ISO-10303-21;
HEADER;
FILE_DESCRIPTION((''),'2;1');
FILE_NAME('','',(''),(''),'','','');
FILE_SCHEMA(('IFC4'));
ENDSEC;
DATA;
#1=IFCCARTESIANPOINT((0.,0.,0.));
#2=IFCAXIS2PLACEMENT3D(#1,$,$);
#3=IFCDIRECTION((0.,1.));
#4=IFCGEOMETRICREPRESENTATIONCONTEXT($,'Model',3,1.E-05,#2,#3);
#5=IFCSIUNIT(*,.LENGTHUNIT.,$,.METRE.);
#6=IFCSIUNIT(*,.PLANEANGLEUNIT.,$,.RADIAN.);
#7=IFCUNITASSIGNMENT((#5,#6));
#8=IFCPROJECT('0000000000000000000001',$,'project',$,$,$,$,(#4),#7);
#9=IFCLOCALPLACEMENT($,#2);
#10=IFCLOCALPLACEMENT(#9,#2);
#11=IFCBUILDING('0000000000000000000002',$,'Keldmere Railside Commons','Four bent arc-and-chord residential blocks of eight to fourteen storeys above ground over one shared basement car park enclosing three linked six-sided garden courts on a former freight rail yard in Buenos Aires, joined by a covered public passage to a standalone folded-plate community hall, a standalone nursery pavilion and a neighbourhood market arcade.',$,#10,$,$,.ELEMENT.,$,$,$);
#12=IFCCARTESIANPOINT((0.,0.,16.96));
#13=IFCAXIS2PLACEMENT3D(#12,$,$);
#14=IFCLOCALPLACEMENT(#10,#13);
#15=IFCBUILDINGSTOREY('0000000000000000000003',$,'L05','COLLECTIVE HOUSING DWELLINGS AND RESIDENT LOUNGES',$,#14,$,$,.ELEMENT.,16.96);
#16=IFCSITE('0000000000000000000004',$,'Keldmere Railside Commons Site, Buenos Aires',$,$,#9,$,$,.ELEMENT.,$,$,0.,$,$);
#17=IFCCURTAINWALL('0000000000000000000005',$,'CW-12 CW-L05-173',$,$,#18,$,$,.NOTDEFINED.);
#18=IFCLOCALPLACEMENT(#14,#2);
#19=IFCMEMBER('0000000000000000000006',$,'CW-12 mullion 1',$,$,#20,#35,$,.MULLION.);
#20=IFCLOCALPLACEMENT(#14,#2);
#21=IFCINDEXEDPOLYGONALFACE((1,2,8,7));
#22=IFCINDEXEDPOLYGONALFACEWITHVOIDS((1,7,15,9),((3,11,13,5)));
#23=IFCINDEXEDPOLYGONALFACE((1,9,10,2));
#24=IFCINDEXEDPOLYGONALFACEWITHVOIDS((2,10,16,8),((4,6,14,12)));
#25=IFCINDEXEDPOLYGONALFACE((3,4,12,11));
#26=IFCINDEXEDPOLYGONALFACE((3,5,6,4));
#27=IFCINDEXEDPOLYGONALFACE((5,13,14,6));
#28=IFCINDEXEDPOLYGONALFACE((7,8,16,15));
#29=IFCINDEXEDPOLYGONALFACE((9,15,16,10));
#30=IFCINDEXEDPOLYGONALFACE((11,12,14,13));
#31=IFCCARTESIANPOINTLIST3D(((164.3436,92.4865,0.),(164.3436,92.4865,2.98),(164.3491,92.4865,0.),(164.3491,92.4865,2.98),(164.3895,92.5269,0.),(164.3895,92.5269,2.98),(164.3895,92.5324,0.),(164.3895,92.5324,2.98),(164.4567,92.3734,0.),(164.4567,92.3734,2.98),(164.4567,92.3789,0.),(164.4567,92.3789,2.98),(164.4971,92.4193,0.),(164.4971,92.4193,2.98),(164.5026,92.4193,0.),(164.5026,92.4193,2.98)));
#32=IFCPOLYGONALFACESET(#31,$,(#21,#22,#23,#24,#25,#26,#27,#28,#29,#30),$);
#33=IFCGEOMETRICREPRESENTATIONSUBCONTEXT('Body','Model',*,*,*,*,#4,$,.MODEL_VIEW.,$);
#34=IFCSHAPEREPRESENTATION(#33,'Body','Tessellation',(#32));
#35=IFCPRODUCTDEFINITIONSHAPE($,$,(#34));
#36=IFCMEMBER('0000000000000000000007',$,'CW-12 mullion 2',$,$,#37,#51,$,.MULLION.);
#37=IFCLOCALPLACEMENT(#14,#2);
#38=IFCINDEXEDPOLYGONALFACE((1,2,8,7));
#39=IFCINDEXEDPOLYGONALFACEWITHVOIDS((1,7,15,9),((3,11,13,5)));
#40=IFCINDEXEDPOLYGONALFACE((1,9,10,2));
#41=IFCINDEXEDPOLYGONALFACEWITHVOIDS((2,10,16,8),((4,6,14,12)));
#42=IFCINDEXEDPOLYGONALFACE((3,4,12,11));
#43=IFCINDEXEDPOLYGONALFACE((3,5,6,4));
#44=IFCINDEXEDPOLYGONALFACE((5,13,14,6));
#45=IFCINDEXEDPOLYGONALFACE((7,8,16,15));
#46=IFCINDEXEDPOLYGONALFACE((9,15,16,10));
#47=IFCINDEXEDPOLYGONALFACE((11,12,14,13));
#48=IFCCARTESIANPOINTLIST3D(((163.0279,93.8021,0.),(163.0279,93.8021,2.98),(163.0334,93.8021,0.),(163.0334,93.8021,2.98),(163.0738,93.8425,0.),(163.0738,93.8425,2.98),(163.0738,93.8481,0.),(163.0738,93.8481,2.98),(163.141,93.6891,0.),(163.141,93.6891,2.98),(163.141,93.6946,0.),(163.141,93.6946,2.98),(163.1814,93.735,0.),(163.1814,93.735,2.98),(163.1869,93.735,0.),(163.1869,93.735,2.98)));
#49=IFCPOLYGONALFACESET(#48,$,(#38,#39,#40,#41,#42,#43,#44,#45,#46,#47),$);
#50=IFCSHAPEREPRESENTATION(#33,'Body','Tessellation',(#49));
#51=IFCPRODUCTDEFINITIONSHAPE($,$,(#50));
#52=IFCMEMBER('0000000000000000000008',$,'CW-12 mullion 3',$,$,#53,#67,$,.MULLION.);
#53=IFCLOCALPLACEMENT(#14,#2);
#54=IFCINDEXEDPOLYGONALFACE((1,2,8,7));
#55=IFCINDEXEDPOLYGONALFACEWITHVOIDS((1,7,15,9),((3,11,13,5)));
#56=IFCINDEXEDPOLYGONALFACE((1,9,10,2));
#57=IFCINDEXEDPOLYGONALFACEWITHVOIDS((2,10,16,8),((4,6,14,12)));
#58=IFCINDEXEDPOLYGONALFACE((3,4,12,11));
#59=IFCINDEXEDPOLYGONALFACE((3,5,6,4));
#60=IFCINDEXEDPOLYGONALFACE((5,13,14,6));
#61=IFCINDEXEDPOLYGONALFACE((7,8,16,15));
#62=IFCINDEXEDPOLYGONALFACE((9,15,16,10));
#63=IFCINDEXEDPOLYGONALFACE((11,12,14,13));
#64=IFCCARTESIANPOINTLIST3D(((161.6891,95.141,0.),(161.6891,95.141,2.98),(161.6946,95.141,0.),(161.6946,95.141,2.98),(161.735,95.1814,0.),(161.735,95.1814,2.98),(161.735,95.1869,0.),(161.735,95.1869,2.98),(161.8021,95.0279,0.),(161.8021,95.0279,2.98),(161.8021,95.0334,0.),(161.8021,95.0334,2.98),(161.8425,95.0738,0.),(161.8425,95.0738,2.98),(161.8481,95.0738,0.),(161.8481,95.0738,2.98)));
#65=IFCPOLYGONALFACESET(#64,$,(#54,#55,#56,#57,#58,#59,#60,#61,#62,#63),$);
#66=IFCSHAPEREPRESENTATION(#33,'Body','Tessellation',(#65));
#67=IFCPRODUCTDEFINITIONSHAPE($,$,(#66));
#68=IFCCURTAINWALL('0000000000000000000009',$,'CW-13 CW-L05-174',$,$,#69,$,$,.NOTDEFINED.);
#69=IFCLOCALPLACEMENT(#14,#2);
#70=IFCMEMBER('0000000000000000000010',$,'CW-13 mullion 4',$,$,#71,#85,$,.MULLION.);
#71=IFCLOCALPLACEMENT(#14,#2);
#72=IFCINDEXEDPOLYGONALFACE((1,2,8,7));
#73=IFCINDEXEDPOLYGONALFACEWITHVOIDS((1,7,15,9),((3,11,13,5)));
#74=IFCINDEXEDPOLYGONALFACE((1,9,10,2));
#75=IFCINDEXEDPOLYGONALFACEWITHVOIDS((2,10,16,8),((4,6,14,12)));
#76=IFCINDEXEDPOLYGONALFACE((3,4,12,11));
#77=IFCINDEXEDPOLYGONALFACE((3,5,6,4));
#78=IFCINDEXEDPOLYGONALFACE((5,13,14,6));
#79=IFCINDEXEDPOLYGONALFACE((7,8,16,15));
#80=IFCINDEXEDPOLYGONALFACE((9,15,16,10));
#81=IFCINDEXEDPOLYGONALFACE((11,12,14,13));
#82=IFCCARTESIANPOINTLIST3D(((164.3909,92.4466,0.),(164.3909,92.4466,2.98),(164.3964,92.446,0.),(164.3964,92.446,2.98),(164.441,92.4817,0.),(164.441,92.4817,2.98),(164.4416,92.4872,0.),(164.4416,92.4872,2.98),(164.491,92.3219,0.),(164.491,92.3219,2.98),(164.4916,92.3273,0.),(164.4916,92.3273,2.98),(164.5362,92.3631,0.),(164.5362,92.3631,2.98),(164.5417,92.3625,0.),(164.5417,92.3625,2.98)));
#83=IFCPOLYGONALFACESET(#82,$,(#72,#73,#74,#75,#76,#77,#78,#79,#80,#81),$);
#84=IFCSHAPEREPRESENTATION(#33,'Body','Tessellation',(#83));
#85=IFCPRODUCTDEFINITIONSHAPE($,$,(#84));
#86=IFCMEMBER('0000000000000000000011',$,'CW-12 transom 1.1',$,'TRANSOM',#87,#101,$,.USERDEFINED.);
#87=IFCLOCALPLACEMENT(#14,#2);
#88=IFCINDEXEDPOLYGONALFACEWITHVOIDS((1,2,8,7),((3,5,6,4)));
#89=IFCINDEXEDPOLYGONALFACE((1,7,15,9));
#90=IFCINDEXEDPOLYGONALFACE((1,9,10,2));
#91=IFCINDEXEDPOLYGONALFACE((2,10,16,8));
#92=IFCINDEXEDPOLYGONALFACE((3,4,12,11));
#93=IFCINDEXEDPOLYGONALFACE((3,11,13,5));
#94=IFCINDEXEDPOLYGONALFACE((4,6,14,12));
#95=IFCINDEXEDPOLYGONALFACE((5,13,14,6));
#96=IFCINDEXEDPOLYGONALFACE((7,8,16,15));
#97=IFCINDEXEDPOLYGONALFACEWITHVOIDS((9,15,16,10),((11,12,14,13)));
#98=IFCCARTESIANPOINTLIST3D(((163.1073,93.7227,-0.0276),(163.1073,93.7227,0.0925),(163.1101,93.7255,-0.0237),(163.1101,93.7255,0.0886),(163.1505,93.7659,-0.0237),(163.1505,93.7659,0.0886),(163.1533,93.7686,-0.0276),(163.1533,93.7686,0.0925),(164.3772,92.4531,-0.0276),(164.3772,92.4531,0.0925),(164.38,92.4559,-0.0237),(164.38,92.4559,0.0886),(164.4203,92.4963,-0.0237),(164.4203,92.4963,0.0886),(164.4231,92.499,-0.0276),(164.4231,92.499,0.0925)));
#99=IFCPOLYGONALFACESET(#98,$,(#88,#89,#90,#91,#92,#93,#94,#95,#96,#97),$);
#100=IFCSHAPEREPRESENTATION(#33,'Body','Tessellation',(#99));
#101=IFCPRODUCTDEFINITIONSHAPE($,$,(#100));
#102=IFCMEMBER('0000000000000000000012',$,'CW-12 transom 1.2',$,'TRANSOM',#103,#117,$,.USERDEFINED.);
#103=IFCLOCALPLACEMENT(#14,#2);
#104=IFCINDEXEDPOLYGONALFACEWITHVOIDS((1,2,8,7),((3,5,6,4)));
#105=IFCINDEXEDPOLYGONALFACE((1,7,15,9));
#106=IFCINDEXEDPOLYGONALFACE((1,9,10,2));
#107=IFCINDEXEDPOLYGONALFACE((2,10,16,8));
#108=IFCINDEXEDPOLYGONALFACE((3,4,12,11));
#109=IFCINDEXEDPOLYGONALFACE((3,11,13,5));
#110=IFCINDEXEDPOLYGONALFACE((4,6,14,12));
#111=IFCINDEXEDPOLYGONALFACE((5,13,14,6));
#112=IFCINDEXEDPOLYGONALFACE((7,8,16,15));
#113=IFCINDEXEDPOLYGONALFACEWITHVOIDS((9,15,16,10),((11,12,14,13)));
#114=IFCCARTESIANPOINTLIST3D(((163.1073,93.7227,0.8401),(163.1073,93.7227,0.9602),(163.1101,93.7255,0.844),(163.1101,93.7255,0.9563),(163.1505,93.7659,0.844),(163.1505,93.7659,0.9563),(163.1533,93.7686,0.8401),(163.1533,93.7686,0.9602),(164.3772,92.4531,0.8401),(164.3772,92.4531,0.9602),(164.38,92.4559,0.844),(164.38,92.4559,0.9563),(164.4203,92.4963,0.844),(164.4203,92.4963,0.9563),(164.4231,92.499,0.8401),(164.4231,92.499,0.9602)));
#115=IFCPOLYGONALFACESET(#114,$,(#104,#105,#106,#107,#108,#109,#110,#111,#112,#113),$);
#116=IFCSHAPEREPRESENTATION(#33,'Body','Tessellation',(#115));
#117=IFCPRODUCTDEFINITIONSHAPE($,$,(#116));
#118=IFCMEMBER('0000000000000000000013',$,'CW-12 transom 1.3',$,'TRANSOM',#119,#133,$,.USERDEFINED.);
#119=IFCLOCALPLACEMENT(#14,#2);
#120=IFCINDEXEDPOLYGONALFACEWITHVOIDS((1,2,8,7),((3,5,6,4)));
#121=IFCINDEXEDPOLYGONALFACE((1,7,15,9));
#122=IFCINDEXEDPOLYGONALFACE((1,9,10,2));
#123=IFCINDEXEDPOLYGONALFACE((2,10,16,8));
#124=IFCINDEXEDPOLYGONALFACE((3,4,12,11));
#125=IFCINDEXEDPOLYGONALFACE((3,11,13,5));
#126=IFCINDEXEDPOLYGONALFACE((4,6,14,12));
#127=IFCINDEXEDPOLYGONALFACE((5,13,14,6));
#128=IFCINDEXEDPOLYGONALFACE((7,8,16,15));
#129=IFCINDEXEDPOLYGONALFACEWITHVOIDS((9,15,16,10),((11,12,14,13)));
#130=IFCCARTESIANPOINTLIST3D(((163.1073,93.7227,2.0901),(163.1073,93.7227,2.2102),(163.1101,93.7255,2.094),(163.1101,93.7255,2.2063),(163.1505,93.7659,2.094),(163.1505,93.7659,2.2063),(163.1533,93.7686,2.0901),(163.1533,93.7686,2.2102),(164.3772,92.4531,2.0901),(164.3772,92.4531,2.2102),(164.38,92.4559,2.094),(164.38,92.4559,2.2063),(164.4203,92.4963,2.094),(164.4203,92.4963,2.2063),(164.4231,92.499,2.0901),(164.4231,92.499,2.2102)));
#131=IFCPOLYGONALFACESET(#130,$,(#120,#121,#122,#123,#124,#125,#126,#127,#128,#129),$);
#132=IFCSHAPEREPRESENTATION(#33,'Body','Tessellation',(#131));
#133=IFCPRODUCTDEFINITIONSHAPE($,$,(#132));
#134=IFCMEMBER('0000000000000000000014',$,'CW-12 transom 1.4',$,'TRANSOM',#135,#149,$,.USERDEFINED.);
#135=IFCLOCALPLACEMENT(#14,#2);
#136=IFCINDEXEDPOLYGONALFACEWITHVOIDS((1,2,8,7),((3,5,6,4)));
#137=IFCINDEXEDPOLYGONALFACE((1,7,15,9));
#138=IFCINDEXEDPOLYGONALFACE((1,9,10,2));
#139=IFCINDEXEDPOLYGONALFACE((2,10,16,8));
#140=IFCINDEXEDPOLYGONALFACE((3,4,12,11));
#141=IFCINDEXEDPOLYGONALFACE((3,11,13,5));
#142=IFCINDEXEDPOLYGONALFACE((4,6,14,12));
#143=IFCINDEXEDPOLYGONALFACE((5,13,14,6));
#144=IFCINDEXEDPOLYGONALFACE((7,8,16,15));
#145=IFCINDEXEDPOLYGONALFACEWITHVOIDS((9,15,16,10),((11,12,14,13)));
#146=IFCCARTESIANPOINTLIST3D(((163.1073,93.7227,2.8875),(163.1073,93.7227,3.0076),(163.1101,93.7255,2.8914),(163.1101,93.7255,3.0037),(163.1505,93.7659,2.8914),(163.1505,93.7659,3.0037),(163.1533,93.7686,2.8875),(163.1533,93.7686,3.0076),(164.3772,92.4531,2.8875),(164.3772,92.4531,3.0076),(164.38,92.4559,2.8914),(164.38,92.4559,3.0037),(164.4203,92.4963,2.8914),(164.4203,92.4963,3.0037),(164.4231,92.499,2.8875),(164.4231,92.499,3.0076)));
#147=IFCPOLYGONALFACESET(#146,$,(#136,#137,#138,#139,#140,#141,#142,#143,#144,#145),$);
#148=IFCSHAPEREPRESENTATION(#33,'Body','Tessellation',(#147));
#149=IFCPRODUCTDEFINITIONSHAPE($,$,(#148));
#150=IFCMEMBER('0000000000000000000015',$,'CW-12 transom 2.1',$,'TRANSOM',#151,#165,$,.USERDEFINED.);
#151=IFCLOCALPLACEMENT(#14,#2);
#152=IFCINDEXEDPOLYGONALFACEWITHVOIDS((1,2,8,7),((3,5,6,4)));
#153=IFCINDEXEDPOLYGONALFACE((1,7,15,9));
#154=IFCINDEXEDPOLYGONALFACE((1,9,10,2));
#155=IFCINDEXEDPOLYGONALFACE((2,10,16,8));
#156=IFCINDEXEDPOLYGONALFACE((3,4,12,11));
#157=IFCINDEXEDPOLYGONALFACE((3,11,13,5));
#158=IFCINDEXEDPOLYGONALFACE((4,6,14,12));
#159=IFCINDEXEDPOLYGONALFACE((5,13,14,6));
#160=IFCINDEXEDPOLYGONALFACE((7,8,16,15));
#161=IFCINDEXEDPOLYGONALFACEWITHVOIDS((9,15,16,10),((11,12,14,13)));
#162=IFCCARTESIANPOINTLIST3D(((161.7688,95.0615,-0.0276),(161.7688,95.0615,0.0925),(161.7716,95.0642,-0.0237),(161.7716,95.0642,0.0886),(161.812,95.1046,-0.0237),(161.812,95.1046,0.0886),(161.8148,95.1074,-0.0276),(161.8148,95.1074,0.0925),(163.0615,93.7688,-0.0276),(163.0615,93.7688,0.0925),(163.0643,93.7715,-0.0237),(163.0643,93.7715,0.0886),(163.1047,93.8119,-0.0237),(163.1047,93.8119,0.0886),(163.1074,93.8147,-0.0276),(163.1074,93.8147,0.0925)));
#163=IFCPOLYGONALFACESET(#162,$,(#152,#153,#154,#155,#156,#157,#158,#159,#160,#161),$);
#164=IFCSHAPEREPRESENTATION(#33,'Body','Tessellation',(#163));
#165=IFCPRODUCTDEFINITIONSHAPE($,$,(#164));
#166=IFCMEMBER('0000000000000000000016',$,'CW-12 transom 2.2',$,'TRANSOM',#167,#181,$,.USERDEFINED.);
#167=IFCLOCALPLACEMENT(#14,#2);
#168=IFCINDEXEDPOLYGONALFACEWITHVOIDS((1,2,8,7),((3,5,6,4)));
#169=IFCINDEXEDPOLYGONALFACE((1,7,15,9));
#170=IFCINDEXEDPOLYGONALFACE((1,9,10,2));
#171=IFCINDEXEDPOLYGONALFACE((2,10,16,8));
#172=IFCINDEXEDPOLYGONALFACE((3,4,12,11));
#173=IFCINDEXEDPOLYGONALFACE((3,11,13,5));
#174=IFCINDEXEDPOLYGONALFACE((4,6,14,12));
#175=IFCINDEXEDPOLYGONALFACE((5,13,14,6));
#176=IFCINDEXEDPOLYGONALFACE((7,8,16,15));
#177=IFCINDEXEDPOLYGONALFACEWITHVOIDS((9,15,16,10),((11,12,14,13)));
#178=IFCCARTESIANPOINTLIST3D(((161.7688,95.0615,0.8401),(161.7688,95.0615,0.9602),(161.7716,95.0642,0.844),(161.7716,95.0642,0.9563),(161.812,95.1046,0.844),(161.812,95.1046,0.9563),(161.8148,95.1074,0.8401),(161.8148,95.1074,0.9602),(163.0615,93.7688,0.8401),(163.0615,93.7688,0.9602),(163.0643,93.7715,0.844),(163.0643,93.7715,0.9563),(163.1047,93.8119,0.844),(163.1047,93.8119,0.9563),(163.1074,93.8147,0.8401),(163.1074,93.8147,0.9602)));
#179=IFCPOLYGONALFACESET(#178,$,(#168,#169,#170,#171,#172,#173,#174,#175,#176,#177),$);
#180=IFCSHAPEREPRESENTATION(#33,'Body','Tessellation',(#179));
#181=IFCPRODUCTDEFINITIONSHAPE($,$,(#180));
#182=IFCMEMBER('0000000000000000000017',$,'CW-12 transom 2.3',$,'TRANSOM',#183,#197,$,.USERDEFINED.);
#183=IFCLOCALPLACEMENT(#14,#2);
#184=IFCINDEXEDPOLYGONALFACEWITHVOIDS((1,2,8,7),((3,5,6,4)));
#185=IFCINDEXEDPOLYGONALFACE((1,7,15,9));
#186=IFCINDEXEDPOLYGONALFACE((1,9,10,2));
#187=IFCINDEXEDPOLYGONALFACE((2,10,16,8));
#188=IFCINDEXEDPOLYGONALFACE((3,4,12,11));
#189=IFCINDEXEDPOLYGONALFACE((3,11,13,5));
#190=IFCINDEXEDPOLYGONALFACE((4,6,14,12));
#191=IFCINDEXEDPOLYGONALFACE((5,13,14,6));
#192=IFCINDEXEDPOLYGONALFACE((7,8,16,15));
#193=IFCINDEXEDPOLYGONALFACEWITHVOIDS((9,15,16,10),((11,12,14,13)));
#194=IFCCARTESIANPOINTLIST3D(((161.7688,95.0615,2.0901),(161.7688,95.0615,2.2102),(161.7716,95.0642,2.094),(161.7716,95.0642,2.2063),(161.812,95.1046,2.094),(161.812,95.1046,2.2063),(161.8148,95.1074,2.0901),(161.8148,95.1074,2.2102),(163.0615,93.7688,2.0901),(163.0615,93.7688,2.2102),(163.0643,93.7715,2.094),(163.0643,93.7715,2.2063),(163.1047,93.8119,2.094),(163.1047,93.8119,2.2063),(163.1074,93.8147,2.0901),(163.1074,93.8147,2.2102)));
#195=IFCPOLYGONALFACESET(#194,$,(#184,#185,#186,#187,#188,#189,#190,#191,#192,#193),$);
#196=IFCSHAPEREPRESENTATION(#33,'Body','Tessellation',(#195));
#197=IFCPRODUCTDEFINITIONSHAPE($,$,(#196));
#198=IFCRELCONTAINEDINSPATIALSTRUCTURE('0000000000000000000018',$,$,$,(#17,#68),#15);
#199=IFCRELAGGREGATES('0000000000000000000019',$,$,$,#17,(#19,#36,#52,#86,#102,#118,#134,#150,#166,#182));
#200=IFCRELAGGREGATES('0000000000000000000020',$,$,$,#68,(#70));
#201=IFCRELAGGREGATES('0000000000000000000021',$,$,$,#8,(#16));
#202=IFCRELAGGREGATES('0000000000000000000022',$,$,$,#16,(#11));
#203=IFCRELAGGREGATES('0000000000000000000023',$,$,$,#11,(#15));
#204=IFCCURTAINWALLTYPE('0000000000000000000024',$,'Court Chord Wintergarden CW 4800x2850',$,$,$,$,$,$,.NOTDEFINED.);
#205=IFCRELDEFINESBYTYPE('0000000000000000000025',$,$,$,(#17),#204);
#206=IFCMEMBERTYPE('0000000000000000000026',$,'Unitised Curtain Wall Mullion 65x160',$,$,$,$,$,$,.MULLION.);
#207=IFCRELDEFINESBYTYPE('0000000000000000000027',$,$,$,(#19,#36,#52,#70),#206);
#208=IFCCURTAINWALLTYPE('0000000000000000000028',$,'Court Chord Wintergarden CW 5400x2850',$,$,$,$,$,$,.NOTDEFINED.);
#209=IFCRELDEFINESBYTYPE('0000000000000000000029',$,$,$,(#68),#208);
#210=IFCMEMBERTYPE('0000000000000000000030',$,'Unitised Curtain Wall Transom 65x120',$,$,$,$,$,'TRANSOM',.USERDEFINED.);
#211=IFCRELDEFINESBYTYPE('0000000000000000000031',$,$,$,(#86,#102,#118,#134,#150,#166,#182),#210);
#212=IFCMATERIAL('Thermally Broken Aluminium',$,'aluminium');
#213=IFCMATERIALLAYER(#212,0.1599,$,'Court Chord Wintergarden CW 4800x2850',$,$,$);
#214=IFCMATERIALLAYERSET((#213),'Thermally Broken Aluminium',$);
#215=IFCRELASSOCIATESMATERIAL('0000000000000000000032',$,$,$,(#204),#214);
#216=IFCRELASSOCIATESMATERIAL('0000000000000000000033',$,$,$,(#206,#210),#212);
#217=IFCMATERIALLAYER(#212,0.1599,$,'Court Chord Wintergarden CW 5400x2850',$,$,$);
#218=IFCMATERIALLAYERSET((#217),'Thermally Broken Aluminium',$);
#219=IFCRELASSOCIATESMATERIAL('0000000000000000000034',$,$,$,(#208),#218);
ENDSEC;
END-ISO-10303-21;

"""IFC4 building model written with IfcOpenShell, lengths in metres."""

from ifc_helpers import new_model, si_unit, direction, frame, origin, origin_2d, place, context, subcontext, project, spatial, hollow_rectangle, extrude, material, layer, layer_set, material_profile, profile_set, type_object, element, aggregate, save


model = new_model("IFC4")

# Units and contexts
model_context = context("Model", 3, precision=1e-05, world=origin(), true_north=direction((0.0, 1.0)))
body_context = subcontext(model_context, "Body", "Model", "MODEL_VIEW")
ifc_project = project(units=[si_unit("LENGTHUNIT", "METRE"), si_unit("PLANEANGLEUNIT", "RADIAN")], contexts=[model_context])

# Site, building, storey
site_placement = place(None, origin())
site = spatial("IfcSite", under=ifc_project, at=site_placement, Name="Keldmere Railside Commons Site, Buenos Aires", CompositionType="ELEMENT", RefElevation=0.0)
building_placement = place(site_placement, origin())
building = spatial("IfcBuilding", under=site, at=building_placement, Name="Keldmere Railside Commons", Description="Four bent arc-and-chord residential blocks of eight to fourteen storeys above ground over one shared basement car park enclosing three linked six-sided garden courts on a former freight rail yard in Buenos Aires, joined by a covered public passage to a standalone folded-plate community hall, a standalone nursery pavilion and a neighbourhood market arcade.", CompositionType="ELEMENT")
storey_placement = place(building_placement, frame((0.0, 0.0, 16.96)))
storey = spatial("IfcBuildingStorey", under=building, at=storey_placement, Name="L05", Description="COLLECTIVE HOUSING DWELLINGS AND RESIDENT LOUNGES", CompositionType="ELEMENT", Elevation=16.96)

# Curtain wall, members
ifc_material_1 = material(Name="Thermally Broken Aluminium", Category="aluminium")
ifc_layer_1 = layer(ifc_material_1, 0.1599, Name="Court Chord Wintergarden CW 4800x2850")
ifc_layer_set_1 = layer_set([ifc_layer_1], Name="Thermally Broken Aluminium")
curtain_wall_type_1 = type_object("IfcCurtainWallType", Name="Court Chord Wintergarden CW 4800x2850", PredefinedType="NOTDEFINED", material=ifc_layer_set_1)
curtain_wall_1_placement = place(storey_placement, origin())
curtain_wall_1 = element("IfcCurtainWall", 1, at=curtain_wall_1_placement, inside=storey, type_object=curtain_wall_type_1, Name="CW-12 CW-L05-173", PredefinedType="NOTDEFINED")
ifc_material_profile_1 = material_profile(ifc_material_1, hollow_rectangle(XDim=0.0649, YDim=0.1599, WallThickness=0.0039, at=origin_2d()), Name="ALU-MULL-65x160")
ifc_profile_set_1 = profile_set([ifc_material_profile_1], Name="Thermally Broken Aluminium")
member_type_1 = type_object("IfcMemberType", Name="Unitised Curtain Wall Mullion 65x160", PredefinedType="MULLION", material=ifc_profile_set_1)
member_1_placement = place(storey_placement, frame((164.4231, 92.4529, 0.0), z_axis=(0.0, 0.0, 1.0), x_axis=(-0.707107, -0.707107, 0.0)))
member_1 = element("IfcMember", 2, at=member_1_placement, type_object=member_type_1, Name="CW-12 mullion 1", PredefinedType="MULLION", context=body_context, shape_type="SweptSolid", body=[
    extrude(hollow_rectangle(XDim=0.0649, YDim=0.1599, WallThickness=0.0039, at=origin_2d()), origin(), (0.0, 0.0, 1.0), 2.98),
])
member_2_placement = place(storey_placement, frame((163.1074, 93.7686, 0.0), z_axis=(0.0, 0.0, 1.0), x_axis=(-0.707107, -0.707107, 0.0)))
member_2 = element("IfcMember", 3, at=member_2_placement, type_object=member_type_1, Name="CW-12 mullion 2", PredefinedType="MULLION", context=body_context, shape_type="SweptSolid", body=[
    extrude(hollow_rectangle(XDim=0.0649, YDim=0.1599, WallThickness=0.0039, at=origin_2d()), origin(), (0.0, 0.0, 1.0), 2.98),
])
member_3_placement = place(storey_placement, frame((161.7686, 95.1074, 0.0), z_axis=(0.0, 0.0, 1.0), x_axis=(-0.707107, -0.707107, 0.0)))
member_3 = element("IfcMember", 4, at=member_3_placement, type_object=member_type_1, Name="CW-12 mullion 3", PredefinedType="MULLION", context=body_context, shape_type="SweptSolid", body=[
    extrude(hollow_rectangle(XDim=0.0649, YDim=0.1599, WallThickness=0.0039, at=origin_2d()), origin(), (0.0, 0.0, 1.0), 2.98),
])

# Curtain wall, member
ifc_layer_2 = layer(ifc_material_1, 0.1599, Name="Court Chord Wintergarden CW 5400x2850")
ifc_layer_set_2 = layer_set([ifc_layer_2], Name="Thermally Broken Aluminium")
curtain_wall_type_2 = type_object("IfcCurtainWallType", Name="Court Chord Wintergarden CW 5400x2850", PredefinedType="NOTDEFINED", material=ifc_layer_set_2)
curtain_wall_2_placement = place(storey_placement, origin())
curtain_wall_2 = element("IfcCurtainWall", 5, at=curtain_wall_2_placement, inside=storey, type_object=curtain_wall_type_2, Name="CW-13 CW-L05-174", PredefinedType="NOTDEFINED")
member_4_placement = place(storey_placement, frame((164.4663, 92.4045, 0.0), z_axis=(0.0, 0.0, 1.0), x_axis=(-0.780009, -0.625768, 0.0)))
member_4 = element("IfcMember", 6, at=member_4_placement, type_object=member_type_1, Name="CW-13 mullion 4", PredefinedType="MULLION", context=body_context, shape_type="SweptSolid", body=[
    extrude(hollow_rectangle(XDim=0.0649, YDim=0.1599, WallThickness=0.0039, at=origin_2d()), origin(), (0.0, 0.0, 1.0), 2.98),
])

# Members
ifc_material_profile_2 = material_profile(ifc_material_1, hollow_rectangle(XDim=0.0649, YDim=0.1201, WallThickness=0.0039, at=origin_2d()), Name="ALU-TRAN-65x120")
ifc_profile_set_2 = profile_set([ifc_material_profile_2], Name="Thermally Broken Aluminium")
member_type_2 = type_object("IfcMemberType", Name="Unitised Curtain Wall Transom 65x120", ElementType="TRANSOM", PredefinedType="USERDEFINED", material=ifc_profile_set_2)
member_5_placement = place(storey_placement, frame((164.4001, 92.4761, 0.0325), z_axis=(-0.707175, 0.707039, 0.0), x_axis=(-0.707039, -0.707175, 0.0)))
member_5 = element("IfcMember", 7, at=member_5_placement, type_object=member_type_2, Name="CW-12 transom 1.1", ObjectType="TRANSOM", PredefinedType="USERDEFINED", context=body_context, shape_type="SweptSolid", body=[
    extrude(hollow_rectangle(XDim=0.0649, YDim=0.1201, WallThickness=0.0039, at=origin_2d()), origin(), (0.0, 0.0, 1.0), 1.7957),
])
member_6_placement = place(storey_placement, frame((164.4001, 92.4761, 0.9001), z_axis=(-0.707175, 0.707039, 0.0), x_axis=(-0.707039, -0.707175, 0.0)))
member_6 = element("IfcMember", 8, at=member_6_placement, type_object=member_type_2, Name="CW-12 transom 1.2", ObjectType="TRANSOM", PredefinedType="USERDEFINED", context=body_context, shape_type="SweptSolid", body=[
    extrude(hollow_rectangle(XDim=0.0649, YDim=0.1201, WallThickness=0.0039, at=origin_2d()), origin(), (0.0, 0.0, 1.0), 1.7957),
])
member_7_placement = place(storey_placement, frame((164.4001, 92.4761, 2.1501), z_axis=(-0.707175, 0.707039, 0.0), x_axis=(-0.707039, -0.707175, 0.0)))
member_7 = element("IfcMember", 9, at=member_7_placement, type_object=member_type_2, Name="CW-12 transom 1.3", ObjectType="TRANSOM", PredefinedType="USERDEFINED", context=body_context, shape_type="SweptSolid", body=[
    extrude(hollow_rectangle(XDim=0.0649, YDim=0.1201, WallThickness=0.0039, at=origin_2d()), origin(), (0.0, 0.0, 1.0), 1.7957),
])
member_8_placement = place(storey_placement, frame((164.4001, 92.4761, 2.9475), z_axis=(-0.707175, 0.707039, 0.0), x_axis=(-0.707039, -0.707175, 0.0)))
member_8 = element("IfcMember", 10, at=member_8_placement, type_object=member_type_2, Name="CW-12 transom 1.4", ObjectType="TRANSOM", PredefinedType="USERDEFINED", context=body_context, shape_type="SweptSolid", body=[
    extrude(hollow_rectangle(XDim=0.0649, YDim=0.1201, WallThickness=0.0039, at=origin_2d()), origin(), (0.0, 0.0, 1.0), 1.7957),
])
member_9_placement = place(storey_placement, frame((163.0845, 93.7917, 0.0325), z_axis=(-0.707107, 0.707107, 0.0), x_axis=(-0.707107, -0.707107, 0.0)))
member_9 = element("IfcMember", 11, at=member_9_placement, type_object=member_type_2, Name="CW-12 transom 2.1", ObjectType="TRANSOM", PredefinedType="USERDEFINED", context=body_context, shape_type="SweptSolid", body=[
    extrude(hollow_rectangle(XDim=0.0649, YDim=0.1201, WallThickness=0.0039, at=origin_2d()), origin(), (0.0, 0.0, 1.0), 1.8281),
])
member_10_placement = place(storey_placement, frame((163.0845, 93.7917, 0.9001), z_axis=(-0.707107, 0.707107, 0.0), x_axis=(-0.707107, -0.707107, 0.0)))
member_10 = element("IfcMember", 12, at=member_10_placement, type_object=member_type_2, Name="CW-12 transom 2.2", ObjectType="TRANSOM", PredefinedType="USERDEFINED", context=body_context, shape_type="SweptSolid", body=[
    extrude(hollow_rectangle(XDim=0.0649, YDim=0.1201, WallThickness=0.0039, at=origin_2d()), origin(), (0.0, 0.0, 1.0), 1.8281),
])
member_11_placement = place(storey_placement, frame((163.0845, 93.7917, 2.1501), z_axis=(-0.707107, 0.707107, 0.0), x_axis=(-0.707107, -0.707107, 0.0)))
member_11 = element("IfcMember", 13, at=member_11_placement, type_object=member_type_2, Name="CW-12 transom 2.3", ObjectType="TRANSOM", PredefinedType="USERDEFINED", context=body_context, shape_type="SweptSolid", body=[
    extrude(hollow_rectangle(XDim=0.0649, YDim=0.1201, WallThickness=0.0039, at=origin_2d()), origin(), (0.0, 0.0, 1.0), 1.8281),
])

aggregate(curtain_wall_1, [member_1, member_2, member_3, member_5, member_6, member_7, member_8, member_9, member_10, member_11])
aggregate(curtain_wall_2, [member_4])

save(model, "model.ifc")
